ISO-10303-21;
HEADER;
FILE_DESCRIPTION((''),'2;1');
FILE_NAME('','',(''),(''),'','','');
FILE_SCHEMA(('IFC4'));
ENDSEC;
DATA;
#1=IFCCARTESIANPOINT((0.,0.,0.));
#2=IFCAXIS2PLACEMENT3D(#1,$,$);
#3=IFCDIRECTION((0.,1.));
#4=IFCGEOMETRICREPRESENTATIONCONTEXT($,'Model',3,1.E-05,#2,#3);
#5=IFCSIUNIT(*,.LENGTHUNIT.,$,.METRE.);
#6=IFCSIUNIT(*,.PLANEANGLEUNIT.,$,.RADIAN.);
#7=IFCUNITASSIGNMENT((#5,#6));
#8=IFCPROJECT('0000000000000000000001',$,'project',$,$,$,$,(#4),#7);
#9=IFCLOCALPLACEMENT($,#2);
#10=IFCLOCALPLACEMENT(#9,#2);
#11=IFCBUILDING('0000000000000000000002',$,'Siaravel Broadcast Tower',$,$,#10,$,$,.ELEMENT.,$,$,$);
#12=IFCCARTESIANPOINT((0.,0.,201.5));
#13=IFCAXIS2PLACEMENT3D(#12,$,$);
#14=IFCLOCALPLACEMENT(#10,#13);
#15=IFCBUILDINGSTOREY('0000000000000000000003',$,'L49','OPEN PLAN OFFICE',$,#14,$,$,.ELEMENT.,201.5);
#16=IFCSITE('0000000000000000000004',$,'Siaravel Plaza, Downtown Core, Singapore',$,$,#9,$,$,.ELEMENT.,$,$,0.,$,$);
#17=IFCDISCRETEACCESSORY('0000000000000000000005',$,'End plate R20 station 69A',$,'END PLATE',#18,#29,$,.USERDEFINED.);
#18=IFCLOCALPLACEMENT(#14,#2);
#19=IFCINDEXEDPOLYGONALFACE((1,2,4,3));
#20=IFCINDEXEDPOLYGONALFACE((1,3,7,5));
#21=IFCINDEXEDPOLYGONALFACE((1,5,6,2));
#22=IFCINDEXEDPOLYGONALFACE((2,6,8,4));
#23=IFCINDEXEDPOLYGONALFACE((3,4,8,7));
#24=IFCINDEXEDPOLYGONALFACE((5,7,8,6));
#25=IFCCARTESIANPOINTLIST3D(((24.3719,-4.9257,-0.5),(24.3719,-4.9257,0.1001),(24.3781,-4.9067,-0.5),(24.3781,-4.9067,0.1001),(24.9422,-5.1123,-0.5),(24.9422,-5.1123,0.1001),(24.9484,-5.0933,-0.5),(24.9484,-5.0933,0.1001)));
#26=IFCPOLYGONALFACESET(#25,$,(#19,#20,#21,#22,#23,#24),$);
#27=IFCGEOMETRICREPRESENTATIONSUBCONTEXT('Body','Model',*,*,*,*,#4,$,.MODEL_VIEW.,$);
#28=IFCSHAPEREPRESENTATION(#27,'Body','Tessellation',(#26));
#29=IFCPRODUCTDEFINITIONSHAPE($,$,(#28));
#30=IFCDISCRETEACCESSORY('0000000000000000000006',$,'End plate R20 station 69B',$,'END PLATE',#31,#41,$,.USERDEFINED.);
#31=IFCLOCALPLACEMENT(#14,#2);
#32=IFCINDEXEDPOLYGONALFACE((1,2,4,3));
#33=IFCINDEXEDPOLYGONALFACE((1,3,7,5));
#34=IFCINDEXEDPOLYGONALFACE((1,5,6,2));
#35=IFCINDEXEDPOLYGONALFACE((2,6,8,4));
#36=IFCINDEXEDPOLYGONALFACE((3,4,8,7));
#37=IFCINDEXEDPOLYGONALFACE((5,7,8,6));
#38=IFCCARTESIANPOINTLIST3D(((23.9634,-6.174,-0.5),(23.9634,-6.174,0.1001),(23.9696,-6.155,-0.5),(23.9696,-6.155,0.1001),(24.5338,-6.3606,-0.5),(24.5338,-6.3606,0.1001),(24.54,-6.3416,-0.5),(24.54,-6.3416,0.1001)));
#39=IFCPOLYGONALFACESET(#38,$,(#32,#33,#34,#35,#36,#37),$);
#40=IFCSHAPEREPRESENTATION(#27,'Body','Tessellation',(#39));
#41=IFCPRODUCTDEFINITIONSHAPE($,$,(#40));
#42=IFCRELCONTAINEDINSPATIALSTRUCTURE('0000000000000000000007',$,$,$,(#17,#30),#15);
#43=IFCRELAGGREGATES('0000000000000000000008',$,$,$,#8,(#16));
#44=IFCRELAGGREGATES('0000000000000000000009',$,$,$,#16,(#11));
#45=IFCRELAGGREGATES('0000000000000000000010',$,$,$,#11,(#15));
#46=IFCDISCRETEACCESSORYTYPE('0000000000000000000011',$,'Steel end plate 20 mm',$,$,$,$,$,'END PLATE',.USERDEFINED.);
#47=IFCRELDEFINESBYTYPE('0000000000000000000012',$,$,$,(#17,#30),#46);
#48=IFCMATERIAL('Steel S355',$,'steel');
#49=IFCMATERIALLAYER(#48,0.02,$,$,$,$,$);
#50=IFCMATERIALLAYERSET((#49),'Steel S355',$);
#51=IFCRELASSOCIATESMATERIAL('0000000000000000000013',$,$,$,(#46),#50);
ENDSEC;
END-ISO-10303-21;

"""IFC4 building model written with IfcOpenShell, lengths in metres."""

from ifc_helpers import new_model, si_unit, direction, frame, origin, origin_2d, place, context, subcontext, project, spatial, rectangle, extrude, material, layer, layer_set, type_object, element, save


model = new_model("IFC4")

# Units and contexts
model_context = context("Model", 3, precision=1e-05, world=origin(), true_north=direction((0.0, 1.0)))
body_context = subcontext(model_context, "Body", "Model", "MODEL_VIEW")
ifc_project = project(units=[si_unit("LENGTHUNIT", "METRE"), si_unit("PLANEANGLEUNIT", "RADIAN")], contexts=[model_context])

# Site, building, storey
site_placement = place(None, origin())
site = spatial("IfcSite", under=ifc_project, at=site_placement, Name="Siaravel Plaza, Downtown Core, Singapore", CompositionType="ELEMENT", RefElevation=0.0)
building_placement = place(site_placement, origin())
building = spatial("IfcBuilding", under=site, at=building_placement, Name="Siaravel Broadcast Tower", CompositionType="ELEMENT")
storey_placement = place(building_placement, frame((0.0, 0.0, 201.5)))
storey = spatial("IfcBuildingStorey", under=building, at=storey_placement, Name="L49", Description="OPEN PLAN OFFICE", CompositionType="ELEMENT", Elevation=201.5)

# Shared definitions
ifc_material_1 = material(Name="Steel S355", Category="steel")

# Discrete accessories
ifc_layer_1 = layer(ifc_material_1, 0.02)
ifc_layer_set_1 = layer_set([ifc_layer_1], Name="Steel S355")
discrete_accessory_type = type_object("IfcDiscreteAccessoryType", Name="Steel end plate 20 mm", ElementType="END PLATE", PredefinedType="USERDEFINED", material=ifc_layer_set_1)
for number, where, z_axis, x_axis, name in (
    (1, (24.6602, -5.0095, -0.5), (0.0, 0.0, 1.0), (0.31091, 0.950439, 0.0), "End plate R20 station 69A"),
    (2, (24.2517, -6.2578, -0.5), (0.0, 0.0, 1.0), (0.31091, 0.950439, 0.0), "End plate R20 station 69B"),
):
    element("IfcDiscreteAccessory", number, at=place(storey_placement, frame(where, z_axis=z_axis, x_axis=x_axis)), inside=storey, type_object=discrete_accessory_type, Name=name, ObjectType="END PLATE", PredefinedType="USERDEFINED", context=body_context, shape_type="SweptSolid", body=[
        extrude(rectangle(XDim=0.02, YDim=0.6001, at=origin_2d()), origin(), (0.0, 0.0, 1.0), 0.6001),
    ])

save(model, "model.ifc")
